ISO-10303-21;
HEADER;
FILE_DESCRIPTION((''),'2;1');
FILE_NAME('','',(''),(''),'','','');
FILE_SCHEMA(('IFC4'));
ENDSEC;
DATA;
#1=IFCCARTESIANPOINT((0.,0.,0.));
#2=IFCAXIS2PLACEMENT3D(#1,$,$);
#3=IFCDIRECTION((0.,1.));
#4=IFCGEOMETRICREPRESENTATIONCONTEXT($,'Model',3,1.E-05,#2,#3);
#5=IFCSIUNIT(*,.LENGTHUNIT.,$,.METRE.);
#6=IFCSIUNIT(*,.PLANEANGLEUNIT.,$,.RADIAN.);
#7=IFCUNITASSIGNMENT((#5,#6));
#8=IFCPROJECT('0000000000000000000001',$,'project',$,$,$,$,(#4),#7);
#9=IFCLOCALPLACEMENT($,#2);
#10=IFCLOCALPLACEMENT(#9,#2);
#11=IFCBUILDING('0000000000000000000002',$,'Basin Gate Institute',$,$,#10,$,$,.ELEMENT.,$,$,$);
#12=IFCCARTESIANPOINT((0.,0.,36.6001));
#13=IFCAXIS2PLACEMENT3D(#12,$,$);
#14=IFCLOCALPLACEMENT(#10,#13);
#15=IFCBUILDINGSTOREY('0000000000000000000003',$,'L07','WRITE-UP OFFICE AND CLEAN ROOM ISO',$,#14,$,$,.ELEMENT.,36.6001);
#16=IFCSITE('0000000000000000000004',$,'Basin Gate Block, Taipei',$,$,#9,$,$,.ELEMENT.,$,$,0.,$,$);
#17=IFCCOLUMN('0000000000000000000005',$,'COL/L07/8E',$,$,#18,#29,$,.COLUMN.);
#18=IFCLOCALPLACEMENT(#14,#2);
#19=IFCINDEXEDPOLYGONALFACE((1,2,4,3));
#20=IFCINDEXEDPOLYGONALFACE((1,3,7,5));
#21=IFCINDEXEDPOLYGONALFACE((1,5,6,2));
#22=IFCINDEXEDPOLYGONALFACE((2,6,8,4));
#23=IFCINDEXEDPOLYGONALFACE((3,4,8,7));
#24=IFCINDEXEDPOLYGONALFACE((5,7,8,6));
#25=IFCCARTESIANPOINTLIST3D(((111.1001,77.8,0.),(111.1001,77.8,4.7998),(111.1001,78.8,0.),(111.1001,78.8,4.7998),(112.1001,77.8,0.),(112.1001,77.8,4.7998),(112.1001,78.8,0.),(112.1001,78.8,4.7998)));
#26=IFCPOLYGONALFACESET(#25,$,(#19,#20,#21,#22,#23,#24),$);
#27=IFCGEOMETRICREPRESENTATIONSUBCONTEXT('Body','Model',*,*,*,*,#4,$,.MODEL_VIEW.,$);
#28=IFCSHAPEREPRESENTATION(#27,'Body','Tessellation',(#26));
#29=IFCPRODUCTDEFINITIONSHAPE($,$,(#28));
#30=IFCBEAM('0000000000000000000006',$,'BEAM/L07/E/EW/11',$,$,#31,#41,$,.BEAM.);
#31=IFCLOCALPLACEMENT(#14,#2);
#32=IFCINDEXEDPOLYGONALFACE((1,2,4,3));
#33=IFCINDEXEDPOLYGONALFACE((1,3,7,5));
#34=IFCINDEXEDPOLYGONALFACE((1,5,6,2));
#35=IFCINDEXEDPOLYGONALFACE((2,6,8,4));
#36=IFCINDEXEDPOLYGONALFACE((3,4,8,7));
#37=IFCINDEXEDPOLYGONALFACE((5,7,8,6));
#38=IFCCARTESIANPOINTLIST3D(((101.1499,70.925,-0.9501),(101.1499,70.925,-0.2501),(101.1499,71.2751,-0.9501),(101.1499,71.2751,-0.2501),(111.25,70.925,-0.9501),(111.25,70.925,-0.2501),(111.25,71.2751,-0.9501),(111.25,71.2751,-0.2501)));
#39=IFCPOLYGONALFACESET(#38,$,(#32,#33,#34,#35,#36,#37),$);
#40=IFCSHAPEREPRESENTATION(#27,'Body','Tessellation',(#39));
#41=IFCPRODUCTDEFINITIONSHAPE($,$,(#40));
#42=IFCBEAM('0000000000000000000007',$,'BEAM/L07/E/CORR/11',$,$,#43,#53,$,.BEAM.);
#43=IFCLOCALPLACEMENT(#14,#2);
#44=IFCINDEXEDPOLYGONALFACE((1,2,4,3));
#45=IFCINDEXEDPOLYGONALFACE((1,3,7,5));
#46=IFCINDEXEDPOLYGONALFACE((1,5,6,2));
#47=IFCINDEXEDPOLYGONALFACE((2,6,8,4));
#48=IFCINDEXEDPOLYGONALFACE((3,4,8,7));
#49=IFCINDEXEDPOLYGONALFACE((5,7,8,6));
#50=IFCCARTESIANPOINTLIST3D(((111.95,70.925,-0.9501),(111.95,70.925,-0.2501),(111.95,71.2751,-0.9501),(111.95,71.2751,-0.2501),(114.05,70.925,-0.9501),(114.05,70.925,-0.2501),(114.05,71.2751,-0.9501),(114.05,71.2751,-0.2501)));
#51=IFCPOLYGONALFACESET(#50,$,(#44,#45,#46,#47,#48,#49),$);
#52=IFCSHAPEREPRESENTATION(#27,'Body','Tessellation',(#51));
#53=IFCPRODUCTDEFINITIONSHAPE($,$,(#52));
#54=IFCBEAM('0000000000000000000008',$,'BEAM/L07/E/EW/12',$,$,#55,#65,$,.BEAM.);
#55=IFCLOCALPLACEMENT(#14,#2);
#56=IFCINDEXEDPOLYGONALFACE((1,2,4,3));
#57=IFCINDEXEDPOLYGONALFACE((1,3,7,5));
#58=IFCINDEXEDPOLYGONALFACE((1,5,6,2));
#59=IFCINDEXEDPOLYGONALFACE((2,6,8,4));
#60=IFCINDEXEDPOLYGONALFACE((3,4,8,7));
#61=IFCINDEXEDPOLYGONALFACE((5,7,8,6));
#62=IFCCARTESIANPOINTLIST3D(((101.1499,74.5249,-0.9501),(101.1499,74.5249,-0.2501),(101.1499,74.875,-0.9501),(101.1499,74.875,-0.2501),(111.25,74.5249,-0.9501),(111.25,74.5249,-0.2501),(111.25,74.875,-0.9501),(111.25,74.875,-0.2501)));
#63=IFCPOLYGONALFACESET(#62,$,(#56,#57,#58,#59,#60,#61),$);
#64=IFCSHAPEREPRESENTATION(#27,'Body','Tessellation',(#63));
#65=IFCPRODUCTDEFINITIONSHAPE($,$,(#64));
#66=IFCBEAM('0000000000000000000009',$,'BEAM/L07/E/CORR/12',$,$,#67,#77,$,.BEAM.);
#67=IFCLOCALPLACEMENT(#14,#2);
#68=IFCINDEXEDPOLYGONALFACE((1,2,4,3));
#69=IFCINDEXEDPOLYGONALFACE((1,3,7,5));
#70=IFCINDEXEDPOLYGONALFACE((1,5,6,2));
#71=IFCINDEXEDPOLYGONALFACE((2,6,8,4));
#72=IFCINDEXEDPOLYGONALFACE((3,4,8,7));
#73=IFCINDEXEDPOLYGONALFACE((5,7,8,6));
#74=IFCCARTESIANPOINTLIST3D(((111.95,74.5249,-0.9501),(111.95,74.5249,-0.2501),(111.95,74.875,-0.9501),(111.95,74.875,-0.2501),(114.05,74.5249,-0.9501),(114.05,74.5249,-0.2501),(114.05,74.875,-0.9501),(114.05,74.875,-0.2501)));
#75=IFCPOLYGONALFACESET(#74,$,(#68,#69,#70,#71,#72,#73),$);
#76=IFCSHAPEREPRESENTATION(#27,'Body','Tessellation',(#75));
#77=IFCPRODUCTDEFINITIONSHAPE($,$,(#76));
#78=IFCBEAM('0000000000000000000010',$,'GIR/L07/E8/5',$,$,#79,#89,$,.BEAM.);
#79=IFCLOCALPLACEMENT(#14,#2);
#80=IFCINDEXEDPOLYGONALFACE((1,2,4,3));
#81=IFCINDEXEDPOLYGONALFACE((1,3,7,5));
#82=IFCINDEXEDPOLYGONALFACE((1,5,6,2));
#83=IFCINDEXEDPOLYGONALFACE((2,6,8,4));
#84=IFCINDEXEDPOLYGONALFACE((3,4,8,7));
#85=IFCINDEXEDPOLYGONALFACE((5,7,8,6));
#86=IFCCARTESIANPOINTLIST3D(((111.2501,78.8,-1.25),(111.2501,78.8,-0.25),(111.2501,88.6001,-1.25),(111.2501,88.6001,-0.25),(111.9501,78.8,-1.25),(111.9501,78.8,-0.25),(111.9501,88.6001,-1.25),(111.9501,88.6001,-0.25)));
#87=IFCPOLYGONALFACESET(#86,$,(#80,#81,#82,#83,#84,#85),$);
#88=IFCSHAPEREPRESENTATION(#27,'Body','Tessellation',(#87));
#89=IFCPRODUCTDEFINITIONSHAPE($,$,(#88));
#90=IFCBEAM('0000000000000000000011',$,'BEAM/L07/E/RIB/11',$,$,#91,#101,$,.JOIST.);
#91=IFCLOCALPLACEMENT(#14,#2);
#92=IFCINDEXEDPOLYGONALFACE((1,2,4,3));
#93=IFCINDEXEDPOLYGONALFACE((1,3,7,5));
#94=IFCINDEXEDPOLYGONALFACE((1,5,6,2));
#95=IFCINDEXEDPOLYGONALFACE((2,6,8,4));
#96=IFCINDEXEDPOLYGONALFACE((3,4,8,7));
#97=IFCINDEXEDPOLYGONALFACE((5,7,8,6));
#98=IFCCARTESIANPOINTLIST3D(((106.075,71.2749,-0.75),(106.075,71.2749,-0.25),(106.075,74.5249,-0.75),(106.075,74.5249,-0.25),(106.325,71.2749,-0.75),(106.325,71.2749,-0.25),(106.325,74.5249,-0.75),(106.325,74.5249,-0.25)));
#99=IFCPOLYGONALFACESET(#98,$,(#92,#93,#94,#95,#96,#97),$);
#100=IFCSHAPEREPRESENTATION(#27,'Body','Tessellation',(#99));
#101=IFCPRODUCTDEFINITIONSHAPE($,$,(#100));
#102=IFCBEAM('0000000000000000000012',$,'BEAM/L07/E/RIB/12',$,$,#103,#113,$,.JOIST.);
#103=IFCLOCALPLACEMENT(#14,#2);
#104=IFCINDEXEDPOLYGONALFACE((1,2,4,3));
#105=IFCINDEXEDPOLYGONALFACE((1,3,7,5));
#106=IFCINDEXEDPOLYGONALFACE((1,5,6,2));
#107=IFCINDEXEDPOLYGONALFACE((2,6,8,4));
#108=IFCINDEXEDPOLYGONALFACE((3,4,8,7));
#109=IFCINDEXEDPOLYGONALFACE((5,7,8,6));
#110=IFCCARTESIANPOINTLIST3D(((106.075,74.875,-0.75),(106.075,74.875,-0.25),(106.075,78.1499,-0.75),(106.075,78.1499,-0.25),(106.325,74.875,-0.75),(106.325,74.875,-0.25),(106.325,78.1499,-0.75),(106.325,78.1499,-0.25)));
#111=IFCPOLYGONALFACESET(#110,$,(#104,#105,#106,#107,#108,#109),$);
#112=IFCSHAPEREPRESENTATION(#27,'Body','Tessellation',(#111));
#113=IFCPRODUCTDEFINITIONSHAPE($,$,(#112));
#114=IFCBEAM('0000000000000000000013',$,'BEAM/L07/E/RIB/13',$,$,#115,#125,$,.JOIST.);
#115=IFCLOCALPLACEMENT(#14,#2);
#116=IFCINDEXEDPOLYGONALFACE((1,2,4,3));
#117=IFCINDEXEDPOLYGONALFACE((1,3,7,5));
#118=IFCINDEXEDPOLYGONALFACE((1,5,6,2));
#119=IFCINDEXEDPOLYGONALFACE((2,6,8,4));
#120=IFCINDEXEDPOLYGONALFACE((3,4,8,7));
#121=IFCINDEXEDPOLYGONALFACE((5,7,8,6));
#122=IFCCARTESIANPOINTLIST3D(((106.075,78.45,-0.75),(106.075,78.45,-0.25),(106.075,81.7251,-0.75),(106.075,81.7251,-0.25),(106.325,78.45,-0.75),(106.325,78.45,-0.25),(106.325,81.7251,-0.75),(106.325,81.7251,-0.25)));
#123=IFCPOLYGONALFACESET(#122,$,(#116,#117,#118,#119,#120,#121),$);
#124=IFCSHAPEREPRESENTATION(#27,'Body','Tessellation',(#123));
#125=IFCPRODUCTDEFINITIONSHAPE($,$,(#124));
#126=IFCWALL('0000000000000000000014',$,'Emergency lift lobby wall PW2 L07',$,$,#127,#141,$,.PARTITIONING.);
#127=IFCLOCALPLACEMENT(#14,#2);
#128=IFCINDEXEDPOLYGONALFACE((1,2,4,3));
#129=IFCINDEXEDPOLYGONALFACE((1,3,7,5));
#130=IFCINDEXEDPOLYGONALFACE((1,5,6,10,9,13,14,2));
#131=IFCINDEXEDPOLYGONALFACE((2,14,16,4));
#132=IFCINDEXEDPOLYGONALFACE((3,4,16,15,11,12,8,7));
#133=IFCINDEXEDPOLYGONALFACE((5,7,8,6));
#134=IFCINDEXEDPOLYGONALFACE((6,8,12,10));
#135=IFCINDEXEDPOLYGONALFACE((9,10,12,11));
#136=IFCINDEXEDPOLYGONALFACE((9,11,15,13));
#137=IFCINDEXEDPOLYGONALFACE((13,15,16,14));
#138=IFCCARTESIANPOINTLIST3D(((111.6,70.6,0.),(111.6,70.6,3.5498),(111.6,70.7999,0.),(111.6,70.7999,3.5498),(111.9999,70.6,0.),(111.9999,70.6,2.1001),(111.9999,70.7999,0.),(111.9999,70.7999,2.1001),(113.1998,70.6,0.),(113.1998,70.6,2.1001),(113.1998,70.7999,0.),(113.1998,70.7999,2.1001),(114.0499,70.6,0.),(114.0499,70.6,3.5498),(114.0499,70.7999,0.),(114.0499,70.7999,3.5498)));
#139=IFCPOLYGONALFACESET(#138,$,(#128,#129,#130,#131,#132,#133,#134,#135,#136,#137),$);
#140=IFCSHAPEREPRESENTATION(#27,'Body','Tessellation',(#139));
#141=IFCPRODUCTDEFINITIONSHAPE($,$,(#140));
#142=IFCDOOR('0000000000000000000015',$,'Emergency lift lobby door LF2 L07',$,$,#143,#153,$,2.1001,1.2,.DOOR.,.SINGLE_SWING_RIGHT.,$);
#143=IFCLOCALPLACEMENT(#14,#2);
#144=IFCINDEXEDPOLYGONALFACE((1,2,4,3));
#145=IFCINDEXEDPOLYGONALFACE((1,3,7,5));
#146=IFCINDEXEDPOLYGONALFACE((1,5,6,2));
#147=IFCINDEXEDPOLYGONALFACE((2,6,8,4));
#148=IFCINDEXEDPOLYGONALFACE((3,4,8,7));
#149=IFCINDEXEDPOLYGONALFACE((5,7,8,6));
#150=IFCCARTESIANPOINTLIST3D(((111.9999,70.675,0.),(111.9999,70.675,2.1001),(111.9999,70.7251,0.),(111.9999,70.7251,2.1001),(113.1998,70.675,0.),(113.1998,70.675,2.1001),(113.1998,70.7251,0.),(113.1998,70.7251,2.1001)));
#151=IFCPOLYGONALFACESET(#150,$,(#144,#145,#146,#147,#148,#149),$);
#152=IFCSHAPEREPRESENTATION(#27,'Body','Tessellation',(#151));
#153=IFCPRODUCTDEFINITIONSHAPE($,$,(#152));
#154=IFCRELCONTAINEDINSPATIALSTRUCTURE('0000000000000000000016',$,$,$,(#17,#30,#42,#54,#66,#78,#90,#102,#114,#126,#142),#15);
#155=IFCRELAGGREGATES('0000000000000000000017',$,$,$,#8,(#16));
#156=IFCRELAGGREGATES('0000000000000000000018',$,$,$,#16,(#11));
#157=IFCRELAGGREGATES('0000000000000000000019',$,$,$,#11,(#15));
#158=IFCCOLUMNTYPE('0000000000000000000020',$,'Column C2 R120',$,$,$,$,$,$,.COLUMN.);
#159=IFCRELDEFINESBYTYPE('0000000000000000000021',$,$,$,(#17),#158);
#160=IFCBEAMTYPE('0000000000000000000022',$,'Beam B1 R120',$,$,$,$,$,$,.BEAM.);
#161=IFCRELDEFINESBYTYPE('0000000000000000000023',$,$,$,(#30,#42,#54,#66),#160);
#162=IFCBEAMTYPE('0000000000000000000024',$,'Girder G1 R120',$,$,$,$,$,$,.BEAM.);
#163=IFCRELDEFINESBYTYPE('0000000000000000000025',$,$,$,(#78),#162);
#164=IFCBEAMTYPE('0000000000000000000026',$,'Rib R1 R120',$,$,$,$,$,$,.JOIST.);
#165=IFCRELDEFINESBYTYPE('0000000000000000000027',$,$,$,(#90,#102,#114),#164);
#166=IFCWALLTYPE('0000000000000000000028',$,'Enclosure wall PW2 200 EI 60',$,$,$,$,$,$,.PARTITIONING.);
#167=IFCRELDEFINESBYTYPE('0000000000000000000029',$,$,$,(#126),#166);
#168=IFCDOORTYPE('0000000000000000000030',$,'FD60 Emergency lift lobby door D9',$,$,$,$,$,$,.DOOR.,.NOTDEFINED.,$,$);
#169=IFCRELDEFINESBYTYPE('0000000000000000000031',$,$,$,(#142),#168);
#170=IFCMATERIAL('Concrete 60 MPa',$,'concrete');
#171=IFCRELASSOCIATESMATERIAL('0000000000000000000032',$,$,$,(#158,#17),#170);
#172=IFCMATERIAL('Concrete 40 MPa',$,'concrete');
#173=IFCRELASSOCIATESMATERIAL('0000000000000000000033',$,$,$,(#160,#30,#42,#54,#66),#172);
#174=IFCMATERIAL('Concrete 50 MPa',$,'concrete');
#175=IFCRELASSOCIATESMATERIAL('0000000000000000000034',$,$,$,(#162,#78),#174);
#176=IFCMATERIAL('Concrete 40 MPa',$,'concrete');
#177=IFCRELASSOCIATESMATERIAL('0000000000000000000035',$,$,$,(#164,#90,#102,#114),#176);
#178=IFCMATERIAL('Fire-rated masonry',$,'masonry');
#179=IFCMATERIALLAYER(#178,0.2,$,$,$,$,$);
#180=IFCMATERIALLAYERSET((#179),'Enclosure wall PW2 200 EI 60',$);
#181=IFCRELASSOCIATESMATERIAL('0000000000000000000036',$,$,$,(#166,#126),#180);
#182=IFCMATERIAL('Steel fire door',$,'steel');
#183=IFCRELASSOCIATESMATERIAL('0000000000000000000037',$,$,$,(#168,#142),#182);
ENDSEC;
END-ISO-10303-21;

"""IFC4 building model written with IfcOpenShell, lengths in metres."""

from ifc_helpers import new_model, si_unit, direction, frame, frame_2d, origin, origin_2d, place, context, subcontext, project, spatial, rectangle, extrude, material, layer, layer_set, material_profile, profile_set, type_object, element, fill, save


model = new_model("IFC4")

# Units and contexts
model_context = context("Model", 3, precision=1e-05, world=origin(), true_north=direction((0.0, 1.0)))
body_context = subcontext(model_context, "Body", "Model", "MODEL_VIEW")
ifc_project = project(units=[si_unit("LENGTHUNIT", "METRE"), si_unit("PLANEANGLEUNIT", "RADIAN")], contexts=[model_context])

# Site, building, storey
site_placement = place(None, origin())
site = spatial("IfcSite", under=ifc_project, at=site_placement, Name="Basin Gate Block, Taipei", CompositionType="ELEMENT", RefElevation=0.0)
building_placement = place(site_placement, origin())
building = spatial("IfcBuilding", under=site, at=building_placement, Name="Basin Gate Institute", CompositionType="ELEMENT")
storey_placement = place(building_placement, frame((0.0, 0.0, 36.6001)))
storey = spatial("IfcBuildingStorey", under=building, at=storey_placement, Name="L07", Description="WRITE-UP OFFICE AND CLEAN ROOM ISO", CompositionType="ELEMENT", Elevation=36.6001)

# Column
ifc_material_1 = material(Name="Concrete 60 MPa", Category="concrete")
ifc_material_profile_1 = material_profile(ifc_material_1, rectangle(XDim=1.0, YDim=1.0, at=origin_2d()), Name="Column C2 1000 x 1000")
ifc_profile_set_1 = profile_set([ifc_material_profile_1], Name="Concrete 60 MPa")
column_type = type_object("IfcColumnType", Name="Column C2 R120", PredefinedType="COLUMN", material=ifc_profile_set_1)
column_placement = place(storey_placement, frame((111.6001, 78.3, 0.0), z_axis=(0.0, 0.0, 1.0), x_axis=(1.0, 0.0, 0.0)))
element("IfcColumn", 1, at=column_placement, inside=storey, type_object=column_type, material=ifc_profile_set_1, Name="COL/L07/8E", PredefinedType="COLUMN", context=body_context, shape_type="SweptSolid", body=[
    extrude(rectangle(XDim=1.0, YDim=1.0, at=origin_2d()), origin(), (0.0, 0.0, 1.0), 4.7998),
])

# Beams
ifc_material_2 = material(Name="Concrete 40 MPa", Category="concrete")
ifc_material_profile_2 = material_profile(ifc_material_2, rectangle(XDim=0.3501, YDim=0.7, at=origin_2d()), Name="Beam B1 350 x 700")
ifc_profile_set_2 = profile_set([ifc_material_profile_2], Name="Concrete 40 MPa")
beam_type_1 = type_object("IfcBeamType", Name="Beam B1 R120", PredefinedType="BEAM", material=ifc_profile_set_2)
beam_1_placement = place(storey_placement, frame((111.25, 71.1001, -0.6001), z_axis=(-1.0, 0.0, 0.0), x_axis=(0.0, -1.0, 0.0)))
element("IfcBeam", 2, at=beam_1_placement, inside=storey, type_object=beam_type_1, material=ifc_profile_set_2, Name="BEAM/L07/E/EW/11", PredefinedType="BEAM", context=body_context, shape_type="SweptSolid", body=[
    extrude(rectangle(XDim=0.3501, YDim=0.7, at=origin_2d()), origin(), (0.0, 0.0, 1.0), 10.1001),
])
beam_2_placement = place(storey_placement, frame((114.05, 71.1001, -0.6001), z_axis=(-1.0, 0.0, 0.0), x_axis=(0.0, -1.0, 0.0)))
element("IfcBeam", 3, at=beam_2_placement, inside=storey, type_object=beam_type_1, material=ifc_profile_set_2, Name="BEAM/L07/E/CORR/11", PredefinedType="BEAM", context=body_context, shape_type="SweptSolid", body=[
    extrude(rectangle(XDim=0.3501, YDim=0.7, at=origin_2d()), origin(), (0.0, 0.0, 1.0), 2.1001),
])
beam_3_placement = place(storey_placement, frame((111.25, 74.7, -0.6001), z_axis=(-1.0, 0.0, 0.0), x_axis=(0.0, -1.0, 0.0)))
element("IfcBeam", 4, at=beam_3_placement, inside=storey, type_object=beam_type_1, material=ifc_profile_set_2, Name="BEAM/L07/E/EW/12", PredefinedType="BEAM", context=body_context, shape_type="SweptSolid", body=[
    extrude(rectangle(XDim=0.3501, YDim=0.7, at=origin_2d()), origin(), (0.0, 0.0, 1.0), 10.1001),
])
beam_4_placement = place(storey_placement, frame((114.05, 74.7, -0.6001), z_axis=(-1.0, 0.0, 0.0), x_axis=(0.0, -1.0, 0.0)))
element("IfcBeam", 5, at=beam_4_placement, inside=storey, type_object=beam_type_1, material=ifc_profile_set_2, Name="BEAM/L07/E/CORR/12", PredefinedType="BEAM", context=body_context, shape_type="SweptSolid", body=[
    extrude(rectangle(XDim=0.3501, YDim=0.7, at=origin_2d()), origin(), (0.0, 0.0, 1.0), 2.1001),
])
ifc_material_3 = material(Name="Concrete 50 MPa", Category="concrete")
ifc_material_profile_3 = material_profile(ifc_material_3, rectangle(XDim=0.7, YDim=1.0, at=origin_2d()), Name="Girder G1 700 x 1000")
ifc_profile_set_3 = profile_set([ifc_material_profile_3], Name="Concrete 50 MPa")
beam_type_2 = type_object("IfcBeamType", Name="Girder G1 R120", PredefinedType="BEAM", material=ifc_profile_set_3)
beam_5_placement = place(storey_placement, frame((111.6001, 78.8, -0.75), z_axis=(0.0, 1.0, 0.0), x_axis=(-1.0, 0.0, 0.0)))
element("IfcBeam", 6, at=beam_5_placement, inside=storey, type_object=beam_type_2, material=ifc_profile_set_3, Name="GIR/L07/E8/5", PredefinedType="BEAM", context=body_context, shape_type="SweptSolid", body=[
    extrude(rectangle(XDim=0.7, YDim=1.0, at=origin_2d()), origin(), (0.0, 0.0, 1.0), 9.8),
])
ifc_material_4 = material(Name="Concrete 40 MPa", Category="concrete")
ifc_material_profile_4 = material_profile(ifc_material_4, rectangle(XDim=0.25, YDim=0.5, at=origin_2d()), Name="Rib R1 250 x 500")
ifc_profile_set_4 = profile_set([ifc_material_profile_4], Name="Concrete 40 MPa")
beam_type_3 = type_object("IfcBeamType", Name="Rib R1 R120", PredefinedType="JOIST", material=ifc_profile_set_4)
beam_6_placement = place(storey_placement, frame((106.2, 71.2749, -0.5), z_axis=(0.0, 1.0, 0.0), x_axis=(-1.0, 0.0, 0.0)))
element("IfcBeam", 7, at=beam_6_placement, inside=storey, type_object=beam_type_3, material=ifc_profile_set_4, Name="BEAM/L07/E/RIB/11", PredefinedType="JOIST", context=body_context, shape_type="SweptSolid", body=[
    extrude(rectangle(XDim=0.25, YDim=0.5, at=origin_2d()), origin(), (0.0, 0.0, 1.0), 3.25),
])
beam_7_placement = place(storey_placement, frame((106.2, 74.875, -0.5), z_axis=(0.0, 1.0, 0.0), x_axis=(-1.0, 0.0, 0.0)))
element("IfcBeam", 8, at=beam_7_placement, inside=storey, type_object=beam_type_3, material=ifc_profile_set_4, Name="BEAM/L07/E/RIB/12", PredefinedType="JOIST", context=body_context, shape_type="SweptSolid", body=[
    extrude(rectangle(XDim=0.25, YDim=0.5, at=origin_2d()), origin(), (0.0, 0.0, 1.0), 3.2749),
])
beam_8_placement = place(storey_placement, frame((106.2, 78.45, -0.5), z_axis=(0.0, 1.0, 0.0), x_axis=(-1.0, 0.0, 0.0)))
element("IfcBeam", 9, at=beam_8_placement, inside=storey, type_object=beam_type_3, material=ifc_profile_set_4, Name="BEAM/L07/E/RIB/13", PredefinedType="JOIST", context=body_context, shape_type="SweptSolid", body=[
    extrude(rectangle(XDim=0.25, YDim=0.5, at=origin_2d()), origin(), (0.0, 0.0, 1.0), 3.2751),
])

# Wall, opening, door
ifc_material_5 = material(Name="Fire-rated masonry", Category="masonry")
ifc_layer_1 = layer(ifc_material_5, 0.2)
ifc_layer_set_1 = layer_set([ifc_layer_1], Name="Enclosure wall PW2 200 EI 60")
wall_type_1 = type_object("IfcWallType", Name="Enclosure wall PW2 200 EI 60", PredefinedType="PARTITIONING", material=ifc_layer_set_1)
wall_1_placement = place(storey_placement, frame((114.05, 70.7, 0.0), z_axis=(0.0, 0.0, 1.0), x_axis=(-1.0, 0.0, 0.0)))
wall_1 = element("IfcWall", 10, at=wall_1_placement, inside=storey, type_object=wall_type_1, material=ifc_layer_set_1, Name="Emergency lift lobby wall PW2 L07", PredefinedType="PARTITIONING", context=body_context, shape_type="SweptSolid", body=[
    extrude(rectangle(XDim=2.45, YDim=0.2, at=frame_2d((1.2251, 0.0))), origin(), (0.0, 0.0, 1.0), 3.5498),
])
opening_1_placement = place(wall_1_placement, frame((0.8501, 0.0, 0.0)))
opening_1 = element("IfcOpeningElement", 11, at=opening_1_placement, cuts=wall_1, PredefinedType="OPENING", context=body_context, shape_type="SweptSolid", body=[
    extrude(rectangle(XDim=1.2, YDim=2.1001, at=frame_2d((0.6001, 1.05))), frame((0.0, 0.1099, 0.0), z_axis=(0.0, -1.0, 0.0), x_axis=(1.0, 0.0, 0.0)), (0.0, 0.0, 1.0), 0.22),
])
ifc_material_6 = material(Name="Steel fire door", Category="steel")
door_type_1 = type_object("IfcDoorType", Name="FD60 Emergency lift lobby door D9", OperationType="NOTDEFINED", PredefinedType="DOOR", material=ifc_material_6)
door_1_placement = place(opening_1_placement, origin())
door_1 = element("IfcDoor", 12, at=door_1_placement, inside=storey, type_object=door_type_1, material=ifc_material_6, Name="Emergency lift lobby door LF2 L07", OperationType="SINGLE_SWING_RIGHT", OverallHeight=2.1001, OverallWidth=1.2, PredefinedType="DOOR", context=body_context, shape_type="SweptSolid", body=[
    extrude(rectangle(XDim=1.2, YDim=2.1001, at=frame_2d((0.6001, 1.05))), frame((0.0, 0.0249, 0.0), z_axis=(0.0, -1.0, 0.0), x_axis=(1.0, 0.0, 0.0)), (0.0, 0.0, 1.0), 0.05),
])
fill(opening_1, door_1)

save(model, "model.ifc")
